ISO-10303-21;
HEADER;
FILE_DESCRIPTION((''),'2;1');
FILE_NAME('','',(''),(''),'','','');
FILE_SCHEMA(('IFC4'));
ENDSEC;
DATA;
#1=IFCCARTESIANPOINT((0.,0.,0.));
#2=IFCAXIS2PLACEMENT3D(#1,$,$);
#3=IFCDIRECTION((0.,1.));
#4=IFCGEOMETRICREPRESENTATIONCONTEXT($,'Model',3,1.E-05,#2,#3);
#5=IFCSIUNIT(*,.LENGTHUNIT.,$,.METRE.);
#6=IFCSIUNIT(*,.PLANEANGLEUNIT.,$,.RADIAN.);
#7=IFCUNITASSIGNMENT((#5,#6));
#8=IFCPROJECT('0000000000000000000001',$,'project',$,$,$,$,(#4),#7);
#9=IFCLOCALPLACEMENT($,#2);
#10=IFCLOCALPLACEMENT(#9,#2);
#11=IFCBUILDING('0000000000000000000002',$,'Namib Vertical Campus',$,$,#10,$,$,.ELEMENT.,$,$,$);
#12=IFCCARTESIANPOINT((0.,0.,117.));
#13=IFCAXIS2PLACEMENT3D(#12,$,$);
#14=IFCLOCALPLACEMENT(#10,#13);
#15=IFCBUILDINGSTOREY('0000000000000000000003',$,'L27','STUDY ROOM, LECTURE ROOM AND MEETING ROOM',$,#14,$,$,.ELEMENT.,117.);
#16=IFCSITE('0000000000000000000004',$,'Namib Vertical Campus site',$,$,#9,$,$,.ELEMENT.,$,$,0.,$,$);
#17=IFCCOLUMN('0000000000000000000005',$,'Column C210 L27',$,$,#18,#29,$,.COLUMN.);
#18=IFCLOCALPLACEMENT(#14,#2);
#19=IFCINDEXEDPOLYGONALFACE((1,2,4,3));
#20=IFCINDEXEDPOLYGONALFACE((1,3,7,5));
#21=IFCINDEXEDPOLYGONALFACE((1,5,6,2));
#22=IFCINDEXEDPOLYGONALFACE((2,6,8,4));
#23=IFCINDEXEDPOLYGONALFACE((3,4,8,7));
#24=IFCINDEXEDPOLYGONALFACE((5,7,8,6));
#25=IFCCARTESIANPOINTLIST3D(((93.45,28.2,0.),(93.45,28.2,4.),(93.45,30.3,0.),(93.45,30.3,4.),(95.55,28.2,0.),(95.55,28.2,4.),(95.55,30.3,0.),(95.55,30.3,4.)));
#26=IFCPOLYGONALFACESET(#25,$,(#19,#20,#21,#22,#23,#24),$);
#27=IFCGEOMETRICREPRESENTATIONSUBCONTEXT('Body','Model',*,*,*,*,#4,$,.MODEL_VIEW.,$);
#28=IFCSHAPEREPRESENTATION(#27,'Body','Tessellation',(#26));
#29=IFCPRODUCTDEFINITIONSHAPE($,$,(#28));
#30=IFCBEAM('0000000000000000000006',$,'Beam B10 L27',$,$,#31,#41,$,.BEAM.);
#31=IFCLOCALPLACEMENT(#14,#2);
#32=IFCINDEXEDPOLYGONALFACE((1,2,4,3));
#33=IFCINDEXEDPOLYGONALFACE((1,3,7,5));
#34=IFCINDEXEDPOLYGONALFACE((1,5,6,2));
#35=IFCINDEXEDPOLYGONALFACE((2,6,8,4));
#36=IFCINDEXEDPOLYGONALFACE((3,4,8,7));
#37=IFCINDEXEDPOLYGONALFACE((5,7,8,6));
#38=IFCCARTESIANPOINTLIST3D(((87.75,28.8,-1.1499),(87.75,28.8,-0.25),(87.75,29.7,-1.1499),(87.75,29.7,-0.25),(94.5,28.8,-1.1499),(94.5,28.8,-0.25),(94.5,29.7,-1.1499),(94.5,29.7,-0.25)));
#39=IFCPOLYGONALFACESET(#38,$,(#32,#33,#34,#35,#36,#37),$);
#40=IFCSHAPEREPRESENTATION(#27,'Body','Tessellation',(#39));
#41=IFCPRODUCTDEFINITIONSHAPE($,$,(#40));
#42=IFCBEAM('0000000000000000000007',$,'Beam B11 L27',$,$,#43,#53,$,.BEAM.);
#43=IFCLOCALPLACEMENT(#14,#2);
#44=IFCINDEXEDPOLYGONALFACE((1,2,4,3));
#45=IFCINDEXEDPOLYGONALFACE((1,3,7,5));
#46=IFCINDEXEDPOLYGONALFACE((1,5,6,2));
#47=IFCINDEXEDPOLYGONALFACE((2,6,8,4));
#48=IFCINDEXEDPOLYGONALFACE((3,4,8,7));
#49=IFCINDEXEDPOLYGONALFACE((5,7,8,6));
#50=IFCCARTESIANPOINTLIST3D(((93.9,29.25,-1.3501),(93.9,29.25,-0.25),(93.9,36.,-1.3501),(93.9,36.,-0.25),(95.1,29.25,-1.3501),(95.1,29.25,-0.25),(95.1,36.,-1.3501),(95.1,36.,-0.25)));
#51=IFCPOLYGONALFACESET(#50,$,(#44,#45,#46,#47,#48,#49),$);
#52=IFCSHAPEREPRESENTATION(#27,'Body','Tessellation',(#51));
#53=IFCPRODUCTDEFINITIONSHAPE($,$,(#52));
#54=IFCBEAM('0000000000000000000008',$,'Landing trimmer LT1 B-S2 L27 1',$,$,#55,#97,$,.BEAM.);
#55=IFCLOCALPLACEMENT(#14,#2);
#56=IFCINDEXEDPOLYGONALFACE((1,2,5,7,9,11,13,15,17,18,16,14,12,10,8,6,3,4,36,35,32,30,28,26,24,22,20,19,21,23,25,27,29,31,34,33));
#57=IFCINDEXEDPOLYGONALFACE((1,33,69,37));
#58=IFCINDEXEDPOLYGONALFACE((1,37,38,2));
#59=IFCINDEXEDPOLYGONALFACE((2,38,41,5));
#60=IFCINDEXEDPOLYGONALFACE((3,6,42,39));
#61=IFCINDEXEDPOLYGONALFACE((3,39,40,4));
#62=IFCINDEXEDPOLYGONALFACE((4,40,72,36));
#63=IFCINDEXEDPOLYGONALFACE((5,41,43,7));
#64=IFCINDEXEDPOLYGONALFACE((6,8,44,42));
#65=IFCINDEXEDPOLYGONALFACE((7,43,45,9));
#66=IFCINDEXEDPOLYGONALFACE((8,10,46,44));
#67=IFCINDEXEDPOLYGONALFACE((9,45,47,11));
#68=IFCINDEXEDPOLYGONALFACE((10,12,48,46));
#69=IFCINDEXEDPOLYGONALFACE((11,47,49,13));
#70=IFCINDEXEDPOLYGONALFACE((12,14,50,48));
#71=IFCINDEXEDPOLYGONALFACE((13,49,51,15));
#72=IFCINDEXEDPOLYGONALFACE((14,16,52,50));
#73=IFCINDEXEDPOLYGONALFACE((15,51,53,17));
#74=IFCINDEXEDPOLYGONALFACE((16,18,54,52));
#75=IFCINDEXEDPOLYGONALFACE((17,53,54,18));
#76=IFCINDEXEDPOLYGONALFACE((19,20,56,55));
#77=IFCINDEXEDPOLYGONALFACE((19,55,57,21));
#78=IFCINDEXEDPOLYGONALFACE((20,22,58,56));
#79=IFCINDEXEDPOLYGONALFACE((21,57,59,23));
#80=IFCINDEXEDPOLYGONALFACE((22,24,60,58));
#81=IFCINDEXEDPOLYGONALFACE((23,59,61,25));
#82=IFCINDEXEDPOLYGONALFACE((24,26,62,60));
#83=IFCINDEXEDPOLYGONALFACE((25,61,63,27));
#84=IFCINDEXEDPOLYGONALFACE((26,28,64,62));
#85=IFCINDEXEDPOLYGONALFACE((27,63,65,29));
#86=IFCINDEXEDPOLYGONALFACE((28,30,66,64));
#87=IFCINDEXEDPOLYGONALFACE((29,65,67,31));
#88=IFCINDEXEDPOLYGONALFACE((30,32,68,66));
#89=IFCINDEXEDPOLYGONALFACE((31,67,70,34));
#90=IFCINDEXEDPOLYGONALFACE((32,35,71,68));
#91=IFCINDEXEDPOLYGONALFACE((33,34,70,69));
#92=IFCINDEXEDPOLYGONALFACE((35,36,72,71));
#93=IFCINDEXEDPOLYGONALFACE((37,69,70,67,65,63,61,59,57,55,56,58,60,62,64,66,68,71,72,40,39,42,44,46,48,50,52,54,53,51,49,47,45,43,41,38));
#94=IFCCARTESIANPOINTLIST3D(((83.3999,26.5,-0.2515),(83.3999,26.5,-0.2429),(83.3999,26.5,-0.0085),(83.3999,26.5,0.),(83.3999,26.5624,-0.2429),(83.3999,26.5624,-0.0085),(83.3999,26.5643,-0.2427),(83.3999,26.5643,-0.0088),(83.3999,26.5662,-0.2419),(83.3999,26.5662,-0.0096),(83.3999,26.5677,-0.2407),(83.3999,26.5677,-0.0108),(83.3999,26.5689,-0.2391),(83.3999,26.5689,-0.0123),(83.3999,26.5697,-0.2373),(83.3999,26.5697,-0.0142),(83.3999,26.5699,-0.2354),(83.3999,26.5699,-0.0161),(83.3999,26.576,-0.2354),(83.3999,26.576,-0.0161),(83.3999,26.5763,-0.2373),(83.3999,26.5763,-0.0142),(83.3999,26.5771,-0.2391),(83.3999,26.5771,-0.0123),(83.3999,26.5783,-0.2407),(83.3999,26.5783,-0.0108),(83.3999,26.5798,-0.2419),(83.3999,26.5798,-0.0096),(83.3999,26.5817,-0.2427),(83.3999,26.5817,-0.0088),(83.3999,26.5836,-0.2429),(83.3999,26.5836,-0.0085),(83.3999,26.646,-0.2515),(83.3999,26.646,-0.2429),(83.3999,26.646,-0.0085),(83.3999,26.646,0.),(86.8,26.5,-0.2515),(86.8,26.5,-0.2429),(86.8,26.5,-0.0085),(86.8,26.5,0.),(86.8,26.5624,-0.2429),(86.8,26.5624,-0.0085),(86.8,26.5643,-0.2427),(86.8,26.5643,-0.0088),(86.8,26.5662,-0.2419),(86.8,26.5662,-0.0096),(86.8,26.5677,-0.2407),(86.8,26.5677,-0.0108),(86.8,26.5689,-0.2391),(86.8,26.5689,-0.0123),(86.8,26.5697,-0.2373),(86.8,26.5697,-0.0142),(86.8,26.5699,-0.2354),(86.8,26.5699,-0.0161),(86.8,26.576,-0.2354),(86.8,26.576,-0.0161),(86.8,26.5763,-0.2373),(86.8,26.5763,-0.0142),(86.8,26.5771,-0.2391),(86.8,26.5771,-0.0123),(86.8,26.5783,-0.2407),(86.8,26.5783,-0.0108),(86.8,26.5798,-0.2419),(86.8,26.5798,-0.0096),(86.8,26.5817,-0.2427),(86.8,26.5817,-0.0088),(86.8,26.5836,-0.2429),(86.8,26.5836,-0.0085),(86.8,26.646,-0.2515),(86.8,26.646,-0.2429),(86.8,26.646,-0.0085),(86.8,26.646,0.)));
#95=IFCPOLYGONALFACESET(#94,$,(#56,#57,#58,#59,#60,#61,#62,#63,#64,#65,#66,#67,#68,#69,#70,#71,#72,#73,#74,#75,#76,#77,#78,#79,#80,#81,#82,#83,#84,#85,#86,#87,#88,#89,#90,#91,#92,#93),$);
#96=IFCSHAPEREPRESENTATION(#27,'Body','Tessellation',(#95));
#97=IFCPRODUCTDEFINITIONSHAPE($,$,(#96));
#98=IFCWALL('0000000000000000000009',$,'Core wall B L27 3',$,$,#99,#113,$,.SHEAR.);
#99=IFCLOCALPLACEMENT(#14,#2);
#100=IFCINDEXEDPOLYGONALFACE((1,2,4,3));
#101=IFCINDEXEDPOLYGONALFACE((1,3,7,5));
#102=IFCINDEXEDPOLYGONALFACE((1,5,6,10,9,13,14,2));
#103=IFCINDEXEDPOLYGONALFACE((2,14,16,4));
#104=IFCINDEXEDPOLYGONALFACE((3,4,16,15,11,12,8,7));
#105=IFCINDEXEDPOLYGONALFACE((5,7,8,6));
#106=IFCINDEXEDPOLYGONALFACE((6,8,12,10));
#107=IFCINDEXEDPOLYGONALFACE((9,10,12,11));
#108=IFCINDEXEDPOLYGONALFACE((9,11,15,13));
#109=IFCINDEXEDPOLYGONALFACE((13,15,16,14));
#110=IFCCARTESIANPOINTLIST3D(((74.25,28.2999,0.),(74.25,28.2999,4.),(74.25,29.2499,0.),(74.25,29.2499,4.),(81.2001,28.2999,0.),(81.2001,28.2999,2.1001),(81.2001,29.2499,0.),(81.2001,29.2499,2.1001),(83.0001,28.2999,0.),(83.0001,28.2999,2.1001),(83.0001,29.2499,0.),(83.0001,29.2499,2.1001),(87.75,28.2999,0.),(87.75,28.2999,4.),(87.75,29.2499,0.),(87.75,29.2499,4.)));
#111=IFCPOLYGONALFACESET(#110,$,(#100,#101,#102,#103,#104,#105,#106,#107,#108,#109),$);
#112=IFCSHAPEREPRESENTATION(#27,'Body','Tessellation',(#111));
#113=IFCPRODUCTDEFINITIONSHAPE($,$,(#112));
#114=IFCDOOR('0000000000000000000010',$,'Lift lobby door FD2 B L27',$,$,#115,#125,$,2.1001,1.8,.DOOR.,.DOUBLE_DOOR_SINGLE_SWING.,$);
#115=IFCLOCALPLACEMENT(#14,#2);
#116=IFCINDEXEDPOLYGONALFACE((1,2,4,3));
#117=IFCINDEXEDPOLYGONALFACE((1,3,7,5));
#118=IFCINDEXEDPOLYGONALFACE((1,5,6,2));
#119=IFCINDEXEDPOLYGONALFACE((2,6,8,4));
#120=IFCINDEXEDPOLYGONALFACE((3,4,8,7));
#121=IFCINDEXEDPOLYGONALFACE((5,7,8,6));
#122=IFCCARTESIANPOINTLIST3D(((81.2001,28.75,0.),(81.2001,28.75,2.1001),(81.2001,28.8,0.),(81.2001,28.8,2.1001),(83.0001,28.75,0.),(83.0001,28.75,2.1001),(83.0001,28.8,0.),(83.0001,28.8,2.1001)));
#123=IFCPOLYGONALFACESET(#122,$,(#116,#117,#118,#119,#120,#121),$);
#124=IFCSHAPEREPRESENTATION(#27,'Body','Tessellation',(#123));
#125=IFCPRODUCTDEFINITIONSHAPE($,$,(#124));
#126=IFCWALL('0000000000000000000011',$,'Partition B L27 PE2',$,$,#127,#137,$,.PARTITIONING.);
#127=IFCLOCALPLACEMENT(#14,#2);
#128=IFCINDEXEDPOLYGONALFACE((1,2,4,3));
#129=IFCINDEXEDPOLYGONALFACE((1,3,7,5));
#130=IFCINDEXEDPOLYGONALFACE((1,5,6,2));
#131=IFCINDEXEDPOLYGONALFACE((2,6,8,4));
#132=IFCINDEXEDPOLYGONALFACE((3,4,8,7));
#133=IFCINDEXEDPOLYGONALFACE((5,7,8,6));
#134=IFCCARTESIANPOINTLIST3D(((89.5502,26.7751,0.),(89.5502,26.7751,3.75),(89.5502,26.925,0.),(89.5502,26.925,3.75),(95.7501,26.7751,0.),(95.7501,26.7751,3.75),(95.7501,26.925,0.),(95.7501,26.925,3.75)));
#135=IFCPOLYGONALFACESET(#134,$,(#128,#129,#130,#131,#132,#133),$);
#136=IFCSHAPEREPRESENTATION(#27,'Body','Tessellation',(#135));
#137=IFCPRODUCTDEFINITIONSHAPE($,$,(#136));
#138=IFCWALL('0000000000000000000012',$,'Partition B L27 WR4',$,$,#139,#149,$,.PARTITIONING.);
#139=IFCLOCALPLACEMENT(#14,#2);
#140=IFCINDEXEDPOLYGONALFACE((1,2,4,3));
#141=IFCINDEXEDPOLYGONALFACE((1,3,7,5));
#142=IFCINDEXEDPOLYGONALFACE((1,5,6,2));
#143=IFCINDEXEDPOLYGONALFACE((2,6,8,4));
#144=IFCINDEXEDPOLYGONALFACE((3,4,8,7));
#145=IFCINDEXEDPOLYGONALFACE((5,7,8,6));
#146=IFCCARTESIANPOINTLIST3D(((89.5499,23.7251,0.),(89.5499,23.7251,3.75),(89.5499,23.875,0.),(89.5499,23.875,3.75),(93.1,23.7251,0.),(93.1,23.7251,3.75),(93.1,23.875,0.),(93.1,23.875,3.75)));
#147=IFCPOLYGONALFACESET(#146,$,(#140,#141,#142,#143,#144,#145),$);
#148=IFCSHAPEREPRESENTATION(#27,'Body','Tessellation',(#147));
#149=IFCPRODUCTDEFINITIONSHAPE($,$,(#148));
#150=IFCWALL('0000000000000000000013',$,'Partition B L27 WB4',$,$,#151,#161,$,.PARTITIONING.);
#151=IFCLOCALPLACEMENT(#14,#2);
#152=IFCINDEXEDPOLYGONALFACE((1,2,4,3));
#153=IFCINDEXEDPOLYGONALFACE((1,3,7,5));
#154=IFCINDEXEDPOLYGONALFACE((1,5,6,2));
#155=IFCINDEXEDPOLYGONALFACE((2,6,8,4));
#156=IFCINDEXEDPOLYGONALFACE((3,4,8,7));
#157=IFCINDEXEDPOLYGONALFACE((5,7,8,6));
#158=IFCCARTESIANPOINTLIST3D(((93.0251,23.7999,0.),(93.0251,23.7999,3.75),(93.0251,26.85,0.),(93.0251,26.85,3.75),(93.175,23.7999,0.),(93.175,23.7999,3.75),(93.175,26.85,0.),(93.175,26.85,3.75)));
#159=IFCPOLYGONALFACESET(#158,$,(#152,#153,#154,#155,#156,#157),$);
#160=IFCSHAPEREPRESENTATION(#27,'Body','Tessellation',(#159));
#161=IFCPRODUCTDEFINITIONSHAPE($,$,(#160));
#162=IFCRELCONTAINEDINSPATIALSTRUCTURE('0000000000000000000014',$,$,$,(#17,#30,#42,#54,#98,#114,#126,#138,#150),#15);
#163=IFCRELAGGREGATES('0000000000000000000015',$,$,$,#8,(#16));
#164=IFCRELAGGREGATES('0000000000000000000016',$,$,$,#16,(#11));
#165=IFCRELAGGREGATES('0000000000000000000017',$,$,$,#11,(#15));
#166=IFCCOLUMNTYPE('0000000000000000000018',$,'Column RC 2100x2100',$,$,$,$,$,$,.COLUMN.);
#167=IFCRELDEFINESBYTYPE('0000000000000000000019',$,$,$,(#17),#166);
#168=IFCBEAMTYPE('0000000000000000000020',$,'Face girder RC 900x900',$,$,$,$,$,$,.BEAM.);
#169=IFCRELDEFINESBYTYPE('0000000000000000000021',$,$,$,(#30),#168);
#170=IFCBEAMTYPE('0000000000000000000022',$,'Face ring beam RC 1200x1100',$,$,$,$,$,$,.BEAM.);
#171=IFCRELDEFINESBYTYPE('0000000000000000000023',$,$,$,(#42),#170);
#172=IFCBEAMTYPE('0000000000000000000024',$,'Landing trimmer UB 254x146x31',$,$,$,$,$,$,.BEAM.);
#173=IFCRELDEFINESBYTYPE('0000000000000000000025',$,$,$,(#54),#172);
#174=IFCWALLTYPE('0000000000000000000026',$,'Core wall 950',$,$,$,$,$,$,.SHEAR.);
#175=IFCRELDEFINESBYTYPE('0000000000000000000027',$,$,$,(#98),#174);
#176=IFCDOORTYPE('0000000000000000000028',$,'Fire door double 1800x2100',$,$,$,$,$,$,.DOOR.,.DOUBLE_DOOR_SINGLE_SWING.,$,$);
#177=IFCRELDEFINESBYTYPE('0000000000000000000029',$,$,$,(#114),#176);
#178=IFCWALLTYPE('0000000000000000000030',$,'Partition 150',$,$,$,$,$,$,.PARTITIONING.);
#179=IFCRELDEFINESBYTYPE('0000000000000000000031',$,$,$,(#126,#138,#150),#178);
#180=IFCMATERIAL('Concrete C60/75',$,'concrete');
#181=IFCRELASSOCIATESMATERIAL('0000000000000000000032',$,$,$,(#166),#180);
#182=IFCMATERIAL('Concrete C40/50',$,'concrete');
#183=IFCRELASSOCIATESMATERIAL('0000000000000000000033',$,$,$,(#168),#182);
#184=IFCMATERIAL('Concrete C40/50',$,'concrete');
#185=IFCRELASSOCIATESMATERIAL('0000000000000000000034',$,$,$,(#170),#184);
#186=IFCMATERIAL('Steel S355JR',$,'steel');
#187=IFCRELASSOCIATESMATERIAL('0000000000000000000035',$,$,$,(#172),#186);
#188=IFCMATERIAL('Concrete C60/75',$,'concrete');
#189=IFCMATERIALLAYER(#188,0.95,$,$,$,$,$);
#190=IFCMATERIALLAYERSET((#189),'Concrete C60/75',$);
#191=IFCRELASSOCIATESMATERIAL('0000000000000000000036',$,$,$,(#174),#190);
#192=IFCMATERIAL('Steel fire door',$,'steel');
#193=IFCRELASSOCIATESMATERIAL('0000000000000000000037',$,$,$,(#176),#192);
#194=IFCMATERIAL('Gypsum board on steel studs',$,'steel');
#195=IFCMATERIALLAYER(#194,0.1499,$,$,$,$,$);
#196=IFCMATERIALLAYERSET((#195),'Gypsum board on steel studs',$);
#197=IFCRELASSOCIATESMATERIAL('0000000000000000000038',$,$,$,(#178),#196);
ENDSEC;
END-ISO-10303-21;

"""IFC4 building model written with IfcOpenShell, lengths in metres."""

from ifc_helpers import new_model, si_unit, direction, frame, frame_2d, origin, origin_2d, place, context, subcontext, project, spatial, rectangle, i_section, extrude, material, layer, layer_set, material_profile, profile_set, type_object, element, fill, save


model = new_model("IFC4")

# Units and contexts
model_context = context("Model", 3, precision=1e-05, world=origin(), true_north=direction((0.0, 1.0)))
body_context = subcontext(model_context, "Body", "Model", "MODEL_VIEW")
ifc_project = project(units=[si_unit("LENGTHUNIT", "METRE"), si_unit("PLANEANGLEUNIT", "RADIAN")], contexts=[model_context])

# Site, building, storey
site_placement = place(None, origin())
site = spatial("IfcSite", under=ifc_project, at=site_placement, Name="Namib Vertical Campus site", CompositionType="ELEMENT", RefElevation=0.0)
building_placement = place(site_placement, origin())
building = spatial("IfcBuilding", under=site, at=building_placement, Name="Namib Vertical Campus", CompositionType="ELEMENT")
storey_placement = place(building_placement, frame((0.0, 0.0, 117.0)))
storey = spatial("IfcBuildingStorey", under=building, at=storey_placement, Name="L27", Description="STUDY ROOM, LECTURE ROOM AND MEETING ROOM", CompositionType="ELEMENT", Elevation=117.0)

# Column
ifc_material_1 = material(Name="Concrete C60/75", Category="concrete")
ifc_material_profile_1 = material_profile(ifc_material_1, rectangle(XDim=2.1001, YDim=2.1001, at=origin_2d()))
ifc_profile_set_1 = profile_set([ifc_material_profile_1], Name="Concrete C60/75")
column_type = type_object("IfcColumnType", Name="Column RC 2100x2100", PredefinedType="COLUMN", material=ifc_profile_set_1)
column_placement = place(storey_placement, frame((94.5, 29.25, 0.0), z_axis=(0.0, 0.0, 1.0), x_axis=(1.0, 0.0, 0.0)))
element("IfcColumn", 1, at=column_placement, inside=storey, type_object=column_type, Name="Column C210 L27", PredefinedType="COLUMN", context=body_context, shape_type="SweptSolid", body=[
    extrude(rectangle(XDim=2.1001, YDim=2.1001, at=origin_2d()), origin(), (0.0, 0.0, 1.0), 4.0),
])

# Beams
ifc_material_2 = material(Name="Concrete C40/50", Category="concrete")
ifc_material_profile_2 = material_profile(ifc_material_2, rectangle(XDim=0.8999, YDim=0.8999, at=origin_2d()))
ifc_profile_set_2 = profile_set([ifc_material_profile_2], Name="Concrete C40/50")
beam_type_1 = type_object("IfcBeamType", Name="Face girder RC 900x900", PredefinedType="BEAM", material=ifc_profile_set_2)
beam_1_placement = place(storey_placement, frame((94.5, 29.25, -0.7), z_axis=(-1.0, 0.0, 0.0), x_axis=(0.0, -1.0, 0.0)))
element("IfcBeam", 2, at=beam_1_placement, inside=storey, type_object=beam_type_1, Name="Beam B10 L27", PredefinedType="BEAM", context=body_context, shape_type="SweptSolid", body=[
    extrude(rectangle(XDim=0.8999, YDim=0.8999, at=origin_2d()), origin(), (0.0, 0.0, 1.0), 6.75),
])
ifc_material_3 = material(Name="Concrete C40/50", Category="concrete")
ifc_material_profile_3 = material_profile(ifc_material_3, rectangle(XDim=1.2, YDim=1.1001, at=origin_2d()))
ifc_profile_set_3 = profile_set([ifc_material_profile_3], Name="Concrete C40/50")
beam_type_2 = type_object("IfcBeamType", Name="Face ring beam RC 1200x1100", PredefinedType="BEAM", material=ifc_profile_set_3)
beam_2_placement = place(storey_placement, frame((94.5, 29.25, -0.8), z_axis=(0.0, 1.0, 0.0), x_axis=(-1.0, 0.0, 0.0)))
element("IfcBeam", 3, at=beam_2_placement, inside=storey, type_object=beam_type_2, Name="Beam B11 L27", PredefinedType="BEAM", context=body_context, shape_type="SweptSolid", body=[
    extrude(rectangle(XDim=1.2, YDim=1.1001, at=origin_2d()), origin(), (0.0, 0.0, 1.0), 6.75),
])
ifc_material_4 = material(Name="Steel S355JR", Category="steel")
ifc_material_profile_4 = material_profile(ifc_material_4, i_section(OverallWidth=0.146, OverallDepth=0.2515, WebThickness=0.0061, FlangeThickness=0.0085, FilletRadius=0.0076, at=origin_2d()))
ifc_profile_set_4 = profile_set([ifc_material_profile_4], Name="Steel S355JR")
beam_type_3 = type_object("IfcBeamType", Name="Landing trimmer UB 254x146x31", PredefinedType="BEAM", material=ifc_profile_set_4)
beam_3_placement = place(storey_placement, frame((83.3999, 26.573, -0.1257), z_axis=(1.0, 0.0, 0.0), x_axis=(0.0, 1.0, 0.0)))
element("IfcBeam", 4, at=beam_3_placement, inside=storey, type_object=beam_type_3, Name="Landing trimmer LT1 B-S2 L27 1", PredefinedType="BEAM", context=body_context, shape_type="SweptSolid", body=[
    extrude(i_section(OverallWidth=0.146, OverallDepth=0.2515, WebThickness=0.0061, FlangeThickness=0.0085, FilletRadius=0.0076, at=origin_2d()), origin(), (0.0, 0.0, 1.0), 3.4001),
])

# Wall, opening, door
ifc_material_5 = material(Name="Concrete C60/75", Category="concrete")
ifc_layer_1 = layer(ifc_material_5, 0.95)
ifc_layer_set_1 = layer_set([ifc_layer_1], Name="Concrete C60/75")
wall_type_1 = type_object("IfcWallType", Name="Core wall 950", PredefinedType="SHEAR", material=ifc_layer_set_1)
wall_1_placement = place(storey_placement, frame((87.75, 28.7749, 0.0), z_axis=(0.0, 0.0, 1.0), x_axis=(-1.0, 0.0, 0.0)))
wall_1 = element("IfcWall", 5, at=wall_1_placement, inside=storey, type_object=wall_type_1, Name="Core wall B L27 3", PredefinedType="SHEAR", context=body_context, shape_type="SweptSolid", body=[
    extrude(rectangle(XDim=13.5, YDim=0.95, at=frame_2d((6.75, 0.0))), origin(), (0.0, 0.0, 1.0), 4.0),
])
opening_placement = place(wall_1_placement, frame((4.75, 0.0, 0.0)))
opening = element("IfcOpeningElement", 6, at=opening_placement, cuts=wall_1, PredefinedType="OPENING", context=body_context, shape_type="SweptSolid", body=[
    extrude(rectangle(XDim=1.8, YDim=2.1001, at=frame_2d((0.8999, 1.05))), frame((0.0, 0.4849, 0.0), z_axis=(0.0, -1.0, 0.0), x_axis=(1.0, 0.0, 0.0)), (0.0, 0.0, 1.0), 0.97),
])
ifc_material_6 = material(Name="Steel fire door", Category="steel")
door_type = type_object("IfcDoorType", Name="Fire door double 1800x2100", OperationType="DOUBLE_DOOR_SINGLE_SWING", PredefinedType="DOOR", material=ifc_material_6)
door_placement = place(opening_placement, origin())
door = element("IfcDoor", 7, at=door_placement, inside=storey, type_object=door_type, Name="Lift lobby door FD2 B L27", OperationType="DOUBLE_DOOR_SINGLE_SWING", OverallHeight=2.1001, OverallWidth=1.8, PredefinedType="DOOR", context=body_context, shape_type="SweptSolid", body=[
    extrude(rectangle(XDim=1.8, YDim=2.1001, at=frame_2d((0.8999, 1.05))), frame((0.0, 0.0249, 0.0), z_axis=(0.0, -1.0, 0.0), x_axis=(1.0, 0.0, 0.0)), (0.0, 0.0, 1.0), 0.05),
])
fill(opening, door)

# Walls
ifc_material_7 = material(Name="Gypsum board on steel studs", Category="steel")
ifc_layer_2 = layer(ifc_material_7, 0.1499)
ifc_layer_set_2 = layer_set([ifc_layer_2], Name="Gypsum board on steel studs")
wall_type_2 = type_object("IfcWallType", Name="Partition 150", PredefinedType="PARTITIONING", material=ifc_layer_set_2)
wall_2_placement = place(storey_placement, frame((89.55, 26.8501, 0.0), z_axis=(0.0, 0.0, 1.0), x_axis=(1.0, 0.0, 0.0)))
element("IfcWall", 8, at=wall_2_placement, inside=storey, type_object=wall_type_2, Name="Partition B L27 PE2", PredefinedType="PARTITIONING", context=body_context, shape_type="SweptSolid", body=[
    extrude(rectangle(XDim=6.2, YDim=0.1499, at=frame_2d((3.1001, 0.0))), origin(), (0.0, 0.0, 1.0), 3.75),
])
wall_3_placement = place(storey_placement, frame((89.55, 23.8, 0.0), z_axis=(0.0, 0.0, 1.0), x_axis=(1.0, 0.0, 0.0)))
element("IfcWall", 9, at=wall_3_placement, inside=storey, type_object=wall_type_2, Name="Partition B L27 WR4", PredefinedType="PARTITIONING", context=body_context, shape_type="SweptSolid", body=[
    extrude(rectangle(XDim=3.55, YDim=0.1499, at=frame_2d((1.7749, 0.0))), origin(), (0.0, 0.0, 1.0), 3.75),
])
wall_4_placement = place(storey_placement, frame((93.1001, 23.8, 0.0), z_axis=(0.0, 0.0, 1.0), x_axis=(0.0, 1.0, 0.0)))
element("IfcWall", 10, at=wall_4_placement, inside=storey, type_object=wall_type_2, Name="Partition B L27 WB4", PredefinedType="PARTITIONING", context=body_context, shape_type="SweptSolid", body=[
    extrude(rectangle(XDim=3.05, YDim=0.1499, at=frame_2d((1.5249, 0.0))), origin(), (0.0, 0.0, 1.0), 3.75),
])

save(model, "model.ifc")
